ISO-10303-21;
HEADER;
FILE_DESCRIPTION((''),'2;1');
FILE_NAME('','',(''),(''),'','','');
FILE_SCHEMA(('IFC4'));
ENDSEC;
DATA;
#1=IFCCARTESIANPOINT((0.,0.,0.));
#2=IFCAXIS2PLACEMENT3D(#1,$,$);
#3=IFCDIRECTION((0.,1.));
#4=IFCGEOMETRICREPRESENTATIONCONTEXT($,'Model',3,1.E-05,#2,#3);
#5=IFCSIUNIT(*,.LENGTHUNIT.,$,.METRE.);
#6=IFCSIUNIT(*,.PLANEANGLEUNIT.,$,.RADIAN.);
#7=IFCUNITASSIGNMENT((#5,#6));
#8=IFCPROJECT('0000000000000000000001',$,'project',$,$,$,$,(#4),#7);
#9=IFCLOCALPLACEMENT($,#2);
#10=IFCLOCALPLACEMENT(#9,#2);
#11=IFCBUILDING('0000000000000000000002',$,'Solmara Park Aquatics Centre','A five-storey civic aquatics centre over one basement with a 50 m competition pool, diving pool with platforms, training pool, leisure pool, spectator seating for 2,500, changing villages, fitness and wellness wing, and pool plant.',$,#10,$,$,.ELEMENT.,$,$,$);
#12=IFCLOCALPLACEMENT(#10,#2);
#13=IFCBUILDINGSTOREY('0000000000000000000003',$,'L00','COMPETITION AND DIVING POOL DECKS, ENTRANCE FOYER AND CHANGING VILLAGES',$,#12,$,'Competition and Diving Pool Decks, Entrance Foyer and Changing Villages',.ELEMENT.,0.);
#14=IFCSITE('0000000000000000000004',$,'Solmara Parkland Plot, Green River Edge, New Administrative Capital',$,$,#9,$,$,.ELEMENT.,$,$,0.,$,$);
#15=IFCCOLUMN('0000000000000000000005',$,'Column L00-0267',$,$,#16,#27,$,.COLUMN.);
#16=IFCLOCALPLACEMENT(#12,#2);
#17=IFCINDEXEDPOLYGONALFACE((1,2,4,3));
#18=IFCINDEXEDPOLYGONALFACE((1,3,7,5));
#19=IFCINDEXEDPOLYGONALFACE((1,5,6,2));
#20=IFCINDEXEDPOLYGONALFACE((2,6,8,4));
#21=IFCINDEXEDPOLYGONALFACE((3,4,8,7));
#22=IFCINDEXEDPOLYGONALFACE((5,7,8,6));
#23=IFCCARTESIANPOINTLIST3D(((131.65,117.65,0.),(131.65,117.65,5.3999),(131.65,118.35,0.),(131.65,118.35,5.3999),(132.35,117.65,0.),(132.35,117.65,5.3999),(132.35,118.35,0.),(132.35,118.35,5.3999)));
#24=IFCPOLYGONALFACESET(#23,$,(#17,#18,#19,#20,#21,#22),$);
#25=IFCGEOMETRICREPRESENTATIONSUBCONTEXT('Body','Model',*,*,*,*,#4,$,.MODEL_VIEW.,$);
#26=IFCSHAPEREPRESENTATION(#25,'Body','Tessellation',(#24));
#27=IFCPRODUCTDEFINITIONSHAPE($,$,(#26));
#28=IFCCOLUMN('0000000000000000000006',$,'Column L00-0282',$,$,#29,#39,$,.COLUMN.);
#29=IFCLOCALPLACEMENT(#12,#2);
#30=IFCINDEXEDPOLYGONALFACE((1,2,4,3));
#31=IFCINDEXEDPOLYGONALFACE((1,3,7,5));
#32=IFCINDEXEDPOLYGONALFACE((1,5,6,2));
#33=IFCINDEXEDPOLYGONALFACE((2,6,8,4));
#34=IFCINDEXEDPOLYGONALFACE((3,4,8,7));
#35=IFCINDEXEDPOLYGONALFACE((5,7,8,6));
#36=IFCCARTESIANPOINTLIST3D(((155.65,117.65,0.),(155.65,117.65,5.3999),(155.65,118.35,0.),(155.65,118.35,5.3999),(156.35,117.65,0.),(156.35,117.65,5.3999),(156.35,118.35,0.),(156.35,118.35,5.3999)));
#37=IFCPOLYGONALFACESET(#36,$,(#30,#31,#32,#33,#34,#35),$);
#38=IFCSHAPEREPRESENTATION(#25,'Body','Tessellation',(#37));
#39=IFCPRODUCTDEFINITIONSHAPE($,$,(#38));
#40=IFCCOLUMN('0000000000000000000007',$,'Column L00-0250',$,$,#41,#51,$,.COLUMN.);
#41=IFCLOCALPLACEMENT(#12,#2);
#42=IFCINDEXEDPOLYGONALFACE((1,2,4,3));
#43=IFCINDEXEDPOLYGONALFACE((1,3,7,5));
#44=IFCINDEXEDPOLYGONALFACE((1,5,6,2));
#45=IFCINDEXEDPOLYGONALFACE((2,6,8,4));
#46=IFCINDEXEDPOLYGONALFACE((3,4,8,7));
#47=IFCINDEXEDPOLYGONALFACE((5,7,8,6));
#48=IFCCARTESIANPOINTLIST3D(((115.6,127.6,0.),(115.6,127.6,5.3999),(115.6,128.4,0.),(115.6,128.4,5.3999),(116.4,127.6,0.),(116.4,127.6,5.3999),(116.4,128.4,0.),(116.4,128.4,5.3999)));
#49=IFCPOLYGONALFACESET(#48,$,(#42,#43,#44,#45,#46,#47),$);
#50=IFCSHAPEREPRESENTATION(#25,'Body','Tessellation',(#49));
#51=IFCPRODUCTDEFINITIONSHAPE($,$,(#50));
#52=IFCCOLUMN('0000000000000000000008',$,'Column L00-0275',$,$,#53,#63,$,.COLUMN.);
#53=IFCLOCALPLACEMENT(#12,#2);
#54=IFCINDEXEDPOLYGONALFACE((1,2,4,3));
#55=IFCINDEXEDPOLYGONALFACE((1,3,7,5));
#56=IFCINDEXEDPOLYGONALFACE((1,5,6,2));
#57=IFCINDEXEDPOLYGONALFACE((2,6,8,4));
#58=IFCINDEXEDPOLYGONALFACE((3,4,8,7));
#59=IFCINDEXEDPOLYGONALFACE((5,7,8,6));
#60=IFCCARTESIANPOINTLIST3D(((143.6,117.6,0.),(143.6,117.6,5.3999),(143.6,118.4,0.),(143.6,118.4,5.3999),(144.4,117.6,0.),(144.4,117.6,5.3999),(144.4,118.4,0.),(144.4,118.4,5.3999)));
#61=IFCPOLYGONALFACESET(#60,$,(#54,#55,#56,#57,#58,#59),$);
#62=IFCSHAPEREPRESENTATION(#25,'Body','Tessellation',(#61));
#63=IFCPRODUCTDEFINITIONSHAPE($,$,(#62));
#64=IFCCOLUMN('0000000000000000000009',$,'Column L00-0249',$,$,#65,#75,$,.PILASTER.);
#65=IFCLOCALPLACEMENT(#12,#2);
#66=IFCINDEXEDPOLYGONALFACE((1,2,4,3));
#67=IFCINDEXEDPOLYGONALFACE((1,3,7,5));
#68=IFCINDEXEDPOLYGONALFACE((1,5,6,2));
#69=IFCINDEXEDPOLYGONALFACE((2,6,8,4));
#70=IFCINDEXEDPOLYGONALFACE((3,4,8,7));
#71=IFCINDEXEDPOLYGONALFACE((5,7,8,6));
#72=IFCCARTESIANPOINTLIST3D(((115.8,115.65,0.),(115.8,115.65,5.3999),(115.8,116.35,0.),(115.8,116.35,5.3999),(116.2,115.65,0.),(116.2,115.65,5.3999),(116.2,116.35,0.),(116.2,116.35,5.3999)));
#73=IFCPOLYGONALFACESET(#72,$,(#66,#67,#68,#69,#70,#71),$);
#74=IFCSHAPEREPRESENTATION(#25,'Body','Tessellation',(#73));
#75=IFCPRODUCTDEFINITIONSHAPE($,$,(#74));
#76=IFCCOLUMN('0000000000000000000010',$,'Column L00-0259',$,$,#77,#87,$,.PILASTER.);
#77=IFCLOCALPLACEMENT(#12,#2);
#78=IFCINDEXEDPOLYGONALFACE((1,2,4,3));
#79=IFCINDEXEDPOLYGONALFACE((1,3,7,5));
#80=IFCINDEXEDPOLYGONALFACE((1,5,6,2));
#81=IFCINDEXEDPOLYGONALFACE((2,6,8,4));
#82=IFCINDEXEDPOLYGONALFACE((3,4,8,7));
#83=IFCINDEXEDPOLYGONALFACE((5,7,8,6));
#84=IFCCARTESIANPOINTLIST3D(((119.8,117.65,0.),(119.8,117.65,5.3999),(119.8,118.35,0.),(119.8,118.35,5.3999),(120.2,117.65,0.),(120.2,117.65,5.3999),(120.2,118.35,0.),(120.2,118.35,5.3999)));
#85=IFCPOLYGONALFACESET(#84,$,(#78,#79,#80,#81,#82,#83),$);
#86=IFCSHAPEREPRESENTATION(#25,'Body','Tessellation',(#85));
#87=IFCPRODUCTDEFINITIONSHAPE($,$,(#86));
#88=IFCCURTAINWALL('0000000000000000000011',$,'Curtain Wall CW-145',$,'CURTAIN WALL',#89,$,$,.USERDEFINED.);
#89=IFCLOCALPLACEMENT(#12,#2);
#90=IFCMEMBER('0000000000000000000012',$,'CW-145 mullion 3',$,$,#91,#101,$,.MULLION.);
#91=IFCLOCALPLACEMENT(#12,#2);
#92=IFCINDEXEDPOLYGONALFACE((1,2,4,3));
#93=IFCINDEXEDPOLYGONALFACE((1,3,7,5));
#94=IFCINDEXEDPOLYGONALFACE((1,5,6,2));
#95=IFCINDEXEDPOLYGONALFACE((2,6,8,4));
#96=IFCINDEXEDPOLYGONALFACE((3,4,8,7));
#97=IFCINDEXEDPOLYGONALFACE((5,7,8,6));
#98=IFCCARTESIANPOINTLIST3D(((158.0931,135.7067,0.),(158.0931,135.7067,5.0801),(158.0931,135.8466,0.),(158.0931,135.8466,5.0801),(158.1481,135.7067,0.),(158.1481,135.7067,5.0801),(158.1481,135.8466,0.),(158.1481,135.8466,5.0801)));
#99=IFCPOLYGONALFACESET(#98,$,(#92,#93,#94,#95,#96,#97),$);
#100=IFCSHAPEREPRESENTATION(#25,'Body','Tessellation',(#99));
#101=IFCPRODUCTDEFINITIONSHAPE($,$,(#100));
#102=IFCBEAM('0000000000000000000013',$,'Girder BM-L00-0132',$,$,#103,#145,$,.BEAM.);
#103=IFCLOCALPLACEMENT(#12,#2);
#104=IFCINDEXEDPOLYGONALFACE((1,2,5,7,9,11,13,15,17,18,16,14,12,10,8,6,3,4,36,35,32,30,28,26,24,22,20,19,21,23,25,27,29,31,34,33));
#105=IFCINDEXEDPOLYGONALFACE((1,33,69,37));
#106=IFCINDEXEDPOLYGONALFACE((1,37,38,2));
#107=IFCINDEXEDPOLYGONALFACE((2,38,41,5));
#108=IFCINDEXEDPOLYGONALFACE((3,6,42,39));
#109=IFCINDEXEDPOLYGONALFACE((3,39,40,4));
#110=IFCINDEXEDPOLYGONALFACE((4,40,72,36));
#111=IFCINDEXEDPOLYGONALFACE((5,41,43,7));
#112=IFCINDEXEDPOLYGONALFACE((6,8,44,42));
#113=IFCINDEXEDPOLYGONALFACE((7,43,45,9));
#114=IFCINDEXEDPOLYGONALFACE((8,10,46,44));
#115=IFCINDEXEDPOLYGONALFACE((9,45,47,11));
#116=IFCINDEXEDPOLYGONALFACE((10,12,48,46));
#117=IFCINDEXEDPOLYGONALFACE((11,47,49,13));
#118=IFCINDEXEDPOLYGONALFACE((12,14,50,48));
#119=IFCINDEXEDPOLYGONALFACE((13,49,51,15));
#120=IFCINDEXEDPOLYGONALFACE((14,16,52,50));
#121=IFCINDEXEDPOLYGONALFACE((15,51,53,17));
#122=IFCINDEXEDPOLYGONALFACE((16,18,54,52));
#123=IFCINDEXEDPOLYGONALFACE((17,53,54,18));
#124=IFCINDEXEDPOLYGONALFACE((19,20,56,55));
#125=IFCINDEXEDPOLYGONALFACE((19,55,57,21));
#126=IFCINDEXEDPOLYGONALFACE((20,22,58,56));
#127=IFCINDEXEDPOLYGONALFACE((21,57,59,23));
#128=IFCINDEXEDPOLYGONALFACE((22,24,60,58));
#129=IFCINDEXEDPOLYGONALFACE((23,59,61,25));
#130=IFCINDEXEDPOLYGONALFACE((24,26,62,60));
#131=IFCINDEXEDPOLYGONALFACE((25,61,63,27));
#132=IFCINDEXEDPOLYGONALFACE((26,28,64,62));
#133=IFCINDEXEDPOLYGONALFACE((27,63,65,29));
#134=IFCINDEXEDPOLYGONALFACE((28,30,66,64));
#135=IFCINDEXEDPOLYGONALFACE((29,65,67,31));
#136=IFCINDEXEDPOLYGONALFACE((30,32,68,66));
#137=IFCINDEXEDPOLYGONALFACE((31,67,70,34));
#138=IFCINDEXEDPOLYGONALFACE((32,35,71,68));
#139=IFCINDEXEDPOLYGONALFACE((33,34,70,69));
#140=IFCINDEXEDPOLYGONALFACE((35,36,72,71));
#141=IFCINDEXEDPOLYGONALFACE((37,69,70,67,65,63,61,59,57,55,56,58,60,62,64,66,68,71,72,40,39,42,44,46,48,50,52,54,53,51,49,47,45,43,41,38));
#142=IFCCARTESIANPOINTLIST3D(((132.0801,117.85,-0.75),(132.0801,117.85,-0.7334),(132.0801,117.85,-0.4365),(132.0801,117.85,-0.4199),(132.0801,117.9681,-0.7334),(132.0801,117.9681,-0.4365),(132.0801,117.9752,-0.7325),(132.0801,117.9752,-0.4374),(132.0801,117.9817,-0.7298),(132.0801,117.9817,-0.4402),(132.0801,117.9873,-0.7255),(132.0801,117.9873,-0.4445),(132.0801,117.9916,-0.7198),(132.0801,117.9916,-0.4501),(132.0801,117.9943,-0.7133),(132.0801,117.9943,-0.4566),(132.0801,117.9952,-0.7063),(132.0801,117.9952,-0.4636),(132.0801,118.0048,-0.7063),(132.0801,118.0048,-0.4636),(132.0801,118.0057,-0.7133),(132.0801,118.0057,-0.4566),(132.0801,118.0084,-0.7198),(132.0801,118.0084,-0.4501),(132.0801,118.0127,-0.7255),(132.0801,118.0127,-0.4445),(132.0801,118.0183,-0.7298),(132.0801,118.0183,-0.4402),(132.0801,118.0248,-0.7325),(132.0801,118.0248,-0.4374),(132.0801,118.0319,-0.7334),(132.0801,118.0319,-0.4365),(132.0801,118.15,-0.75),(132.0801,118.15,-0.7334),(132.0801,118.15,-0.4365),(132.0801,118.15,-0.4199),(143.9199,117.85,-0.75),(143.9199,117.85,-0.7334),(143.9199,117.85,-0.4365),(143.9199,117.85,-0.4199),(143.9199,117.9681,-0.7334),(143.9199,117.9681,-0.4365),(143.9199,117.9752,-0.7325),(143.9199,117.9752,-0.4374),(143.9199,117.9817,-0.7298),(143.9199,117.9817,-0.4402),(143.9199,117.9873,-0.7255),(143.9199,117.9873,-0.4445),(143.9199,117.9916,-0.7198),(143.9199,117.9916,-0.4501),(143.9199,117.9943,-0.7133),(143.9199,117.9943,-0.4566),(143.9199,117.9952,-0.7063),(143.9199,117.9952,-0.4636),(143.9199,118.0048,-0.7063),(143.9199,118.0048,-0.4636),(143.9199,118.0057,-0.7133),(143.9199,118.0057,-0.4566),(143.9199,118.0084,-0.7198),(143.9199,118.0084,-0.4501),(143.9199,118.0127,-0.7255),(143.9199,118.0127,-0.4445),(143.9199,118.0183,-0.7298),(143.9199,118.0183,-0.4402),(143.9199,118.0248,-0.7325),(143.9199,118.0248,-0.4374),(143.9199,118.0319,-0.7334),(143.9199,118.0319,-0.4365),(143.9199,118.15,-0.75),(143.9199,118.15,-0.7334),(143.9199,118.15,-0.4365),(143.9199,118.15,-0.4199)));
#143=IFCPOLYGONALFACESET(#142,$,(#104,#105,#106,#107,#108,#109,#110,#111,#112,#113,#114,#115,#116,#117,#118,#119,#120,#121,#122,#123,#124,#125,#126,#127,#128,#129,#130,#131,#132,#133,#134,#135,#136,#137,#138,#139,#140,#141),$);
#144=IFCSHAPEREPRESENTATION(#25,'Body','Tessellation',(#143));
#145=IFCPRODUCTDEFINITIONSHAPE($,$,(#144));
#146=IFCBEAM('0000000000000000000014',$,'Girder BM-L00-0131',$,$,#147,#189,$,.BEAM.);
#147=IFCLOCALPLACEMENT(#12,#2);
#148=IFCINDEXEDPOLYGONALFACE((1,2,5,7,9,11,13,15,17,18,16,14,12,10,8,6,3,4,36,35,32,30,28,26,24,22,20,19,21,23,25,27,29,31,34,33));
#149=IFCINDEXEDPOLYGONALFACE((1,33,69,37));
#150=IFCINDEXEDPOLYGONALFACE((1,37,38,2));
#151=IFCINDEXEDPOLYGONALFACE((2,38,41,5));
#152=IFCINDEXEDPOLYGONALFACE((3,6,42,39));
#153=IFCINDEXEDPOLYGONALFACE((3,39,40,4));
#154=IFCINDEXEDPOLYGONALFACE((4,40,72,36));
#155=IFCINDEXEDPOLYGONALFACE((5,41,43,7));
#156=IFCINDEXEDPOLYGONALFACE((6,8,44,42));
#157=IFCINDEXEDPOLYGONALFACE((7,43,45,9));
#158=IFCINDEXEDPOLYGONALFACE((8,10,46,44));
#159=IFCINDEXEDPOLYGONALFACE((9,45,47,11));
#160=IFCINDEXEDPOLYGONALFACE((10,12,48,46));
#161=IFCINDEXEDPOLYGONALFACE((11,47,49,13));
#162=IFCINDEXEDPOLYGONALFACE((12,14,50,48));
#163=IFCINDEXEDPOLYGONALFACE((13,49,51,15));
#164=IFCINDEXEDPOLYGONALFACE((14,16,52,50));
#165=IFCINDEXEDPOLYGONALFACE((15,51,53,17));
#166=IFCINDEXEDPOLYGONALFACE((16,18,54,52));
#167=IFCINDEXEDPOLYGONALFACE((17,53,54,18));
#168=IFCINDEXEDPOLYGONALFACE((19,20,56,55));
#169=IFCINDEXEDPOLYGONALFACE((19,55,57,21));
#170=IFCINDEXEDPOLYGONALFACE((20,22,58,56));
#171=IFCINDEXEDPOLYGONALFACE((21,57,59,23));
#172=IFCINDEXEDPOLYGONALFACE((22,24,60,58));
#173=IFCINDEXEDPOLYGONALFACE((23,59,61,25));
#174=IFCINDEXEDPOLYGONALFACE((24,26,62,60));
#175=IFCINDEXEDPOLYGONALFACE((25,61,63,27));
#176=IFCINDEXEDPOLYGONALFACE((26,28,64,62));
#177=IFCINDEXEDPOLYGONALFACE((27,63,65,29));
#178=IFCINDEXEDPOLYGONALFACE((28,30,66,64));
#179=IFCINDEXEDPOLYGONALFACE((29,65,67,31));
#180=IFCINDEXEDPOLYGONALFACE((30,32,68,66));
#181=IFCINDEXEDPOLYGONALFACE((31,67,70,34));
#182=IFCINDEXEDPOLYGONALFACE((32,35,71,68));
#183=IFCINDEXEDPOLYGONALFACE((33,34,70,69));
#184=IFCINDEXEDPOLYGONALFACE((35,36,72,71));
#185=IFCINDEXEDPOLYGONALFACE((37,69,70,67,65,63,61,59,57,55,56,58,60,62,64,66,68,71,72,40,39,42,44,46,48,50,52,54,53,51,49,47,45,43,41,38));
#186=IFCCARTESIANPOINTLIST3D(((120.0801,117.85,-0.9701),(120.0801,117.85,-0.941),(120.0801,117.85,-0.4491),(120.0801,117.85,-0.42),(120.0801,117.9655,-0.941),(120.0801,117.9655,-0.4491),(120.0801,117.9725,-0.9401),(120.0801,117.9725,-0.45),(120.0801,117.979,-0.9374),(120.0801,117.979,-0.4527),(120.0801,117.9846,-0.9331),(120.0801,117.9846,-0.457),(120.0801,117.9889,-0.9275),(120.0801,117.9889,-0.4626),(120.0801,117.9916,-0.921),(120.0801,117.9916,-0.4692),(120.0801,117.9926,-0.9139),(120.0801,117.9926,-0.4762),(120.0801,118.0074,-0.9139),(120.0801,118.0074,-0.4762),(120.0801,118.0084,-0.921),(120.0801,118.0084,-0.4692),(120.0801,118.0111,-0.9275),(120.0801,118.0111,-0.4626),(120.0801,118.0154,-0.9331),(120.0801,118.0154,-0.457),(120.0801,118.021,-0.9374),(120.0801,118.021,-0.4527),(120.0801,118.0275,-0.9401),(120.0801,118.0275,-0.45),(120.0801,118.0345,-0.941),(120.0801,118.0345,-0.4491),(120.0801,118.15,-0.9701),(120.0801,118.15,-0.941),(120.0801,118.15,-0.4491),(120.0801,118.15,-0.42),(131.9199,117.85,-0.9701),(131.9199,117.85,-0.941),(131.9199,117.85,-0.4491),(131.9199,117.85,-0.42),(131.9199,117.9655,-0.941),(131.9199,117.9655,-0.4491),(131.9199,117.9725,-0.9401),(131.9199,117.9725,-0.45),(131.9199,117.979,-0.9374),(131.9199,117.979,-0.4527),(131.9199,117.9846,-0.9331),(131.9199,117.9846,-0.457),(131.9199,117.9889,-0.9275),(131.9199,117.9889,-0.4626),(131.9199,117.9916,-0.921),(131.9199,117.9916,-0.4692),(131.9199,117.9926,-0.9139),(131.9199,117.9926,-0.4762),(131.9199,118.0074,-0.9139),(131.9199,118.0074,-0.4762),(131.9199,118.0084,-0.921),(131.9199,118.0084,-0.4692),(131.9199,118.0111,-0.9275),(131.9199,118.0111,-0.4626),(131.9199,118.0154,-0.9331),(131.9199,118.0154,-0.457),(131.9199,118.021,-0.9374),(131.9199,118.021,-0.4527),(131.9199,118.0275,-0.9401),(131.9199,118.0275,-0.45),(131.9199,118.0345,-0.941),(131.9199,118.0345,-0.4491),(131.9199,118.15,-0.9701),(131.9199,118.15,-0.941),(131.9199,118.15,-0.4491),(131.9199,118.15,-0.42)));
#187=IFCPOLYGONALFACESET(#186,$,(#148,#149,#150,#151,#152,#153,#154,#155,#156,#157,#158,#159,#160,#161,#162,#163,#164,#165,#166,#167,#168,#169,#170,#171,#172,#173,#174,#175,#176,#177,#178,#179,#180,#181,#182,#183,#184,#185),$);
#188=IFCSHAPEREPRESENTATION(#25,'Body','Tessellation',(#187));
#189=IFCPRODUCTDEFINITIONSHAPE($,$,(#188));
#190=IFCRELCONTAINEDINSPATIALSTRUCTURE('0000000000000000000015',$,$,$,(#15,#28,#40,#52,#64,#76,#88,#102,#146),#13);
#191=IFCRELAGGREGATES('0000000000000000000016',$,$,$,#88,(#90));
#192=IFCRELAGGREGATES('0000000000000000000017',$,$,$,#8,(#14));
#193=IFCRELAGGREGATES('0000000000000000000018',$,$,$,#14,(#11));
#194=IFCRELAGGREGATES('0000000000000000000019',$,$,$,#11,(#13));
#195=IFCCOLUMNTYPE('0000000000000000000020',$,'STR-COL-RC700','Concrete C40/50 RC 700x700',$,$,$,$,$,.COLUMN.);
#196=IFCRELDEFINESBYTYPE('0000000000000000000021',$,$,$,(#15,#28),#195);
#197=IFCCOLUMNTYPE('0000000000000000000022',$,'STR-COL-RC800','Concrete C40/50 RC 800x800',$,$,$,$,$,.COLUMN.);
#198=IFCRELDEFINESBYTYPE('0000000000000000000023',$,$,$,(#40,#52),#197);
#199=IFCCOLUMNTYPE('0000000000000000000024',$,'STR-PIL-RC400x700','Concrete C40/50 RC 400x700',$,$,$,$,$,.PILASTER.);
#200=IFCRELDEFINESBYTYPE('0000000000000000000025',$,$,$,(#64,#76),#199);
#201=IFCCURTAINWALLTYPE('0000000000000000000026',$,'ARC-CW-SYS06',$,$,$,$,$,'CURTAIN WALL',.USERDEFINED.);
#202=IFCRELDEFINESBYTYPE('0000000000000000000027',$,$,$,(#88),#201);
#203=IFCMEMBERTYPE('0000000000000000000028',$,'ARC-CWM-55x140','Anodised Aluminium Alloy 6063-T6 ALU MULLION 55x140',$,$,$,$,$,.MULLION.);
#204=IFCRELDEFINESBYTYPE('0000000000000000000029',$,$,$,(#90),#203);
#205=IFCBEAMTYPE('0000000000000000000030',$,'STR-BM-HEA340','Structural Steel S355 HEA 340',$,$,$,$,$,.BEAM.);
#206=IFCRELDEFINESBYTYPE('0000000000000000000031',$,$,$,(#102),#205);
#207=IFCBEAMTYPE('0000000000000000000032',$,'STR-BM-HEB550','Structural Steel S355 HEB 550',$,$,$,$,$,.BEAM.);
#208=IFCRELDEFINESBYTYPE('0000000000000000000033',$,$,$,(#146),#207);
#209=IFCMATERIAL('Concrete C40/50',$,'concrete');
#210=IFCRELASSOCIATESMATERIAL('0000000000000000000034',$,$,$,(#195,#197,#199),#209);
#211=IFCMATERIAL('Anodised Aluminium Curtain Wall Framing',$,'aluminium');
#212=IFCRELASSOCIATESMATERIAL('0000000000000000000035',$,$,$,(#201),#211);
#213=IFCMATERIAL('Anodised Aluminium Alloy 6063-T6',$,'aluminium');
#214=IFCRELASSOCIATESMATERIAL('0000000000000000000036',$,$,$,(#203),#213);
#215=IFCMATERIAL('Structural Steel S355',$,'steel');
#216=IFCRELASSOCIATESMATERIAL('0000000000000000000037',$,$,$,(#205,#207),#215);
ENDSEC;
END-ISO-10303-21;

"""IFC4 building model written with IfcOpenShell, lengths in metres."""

from ifc_helpers import new_model, si_unit, direction, frame, origin, origin_2d, place, context, subcontext, project, spatial, rectangle, i_section, extrude, material, material_profile, profile_set, type_object, element, aggregate, save


model = new_model("IFC4")

# Units and contexts
model_context = context("Model", 3, precision=1e-05, world=origin(), true_north=direction((0.0, 1.0)))
body_context = subcontext(model_context, "Body", "Model", "MODEL_VIEW")
ifc_project = project(units=[si_unit("LENGTHUNIT", "METRE"), si_unit("PLANEANGLEUNIT", "RADIAN")], contexts=[model_context])

# Site, building, storey
site_placement = place(None, origin())
site = spatial("IfcSite", under=ifc_project, at=site_placement, Name="Solmara Parkland Plot, Green River Edge, New Administrative Capital", CompositionType="ELEMENT", RefElevation=0.0)
building_placement = place(site_placement, origin())
building = spatial("IfcBuilding", under=site, at=building_placement, Name="Solmara Park Aquatics Centre", Description="A five-storey civic aquatics centre over one basement with a 50 m competition pool, diving pool with platforms, training pool, leisure pool, spectator seating for 2,500, changing villages, fitness and wellness wing, and pool plant.", CompositionType="ELEMENT")
storey_placement = place(building_placement, origin())
storey = spatial("IfcBuildingStorey", under=building, at=storey_placement, Name="L00", Description="COMPETITION AND DIVING POOL DECKS, ENTRANCE FOYER AND CHANGING VILLAGES", LongName="Competition and Diving Pool Decks, Entrance Foyer and Changing Villages", CompositionType="ELEMENT", Elevation=0.0)

# Columns
ifc_material_1 = material(Name="Concrete C40/50", Category="concrete")
ifc_material_profile_1 = material_profile(ifc_material_1, rectangle(XDim=0.7, YDim=0.7, at=origin_2d()), Name="RC 700x700")
ifc_profile_set_1 = profile_set([ifc_material_profile_1], Name="Concrete C40/50")
column_type_1 = type_object("IfcColumnType", Name="STR-COL-RC700", Description="Concrete C40/50 RC 700x700", PredefinedType="COLUMN", material=ifc_profile_set_1)
for number, where, z_axis, x_axis, name in (
    (1, (132.0, 118.0, 0.0), (0.0, 0.0, 1.0), (1.0, 0.0, 0.0), "Column L00-0267"),
    (2, (156.0, 118.0, 0.0), (0.0, 0.0, 1.0), (1.0, 0.0, 0.0), "Column L00-0282"),
):
    element("IfcColumn", number, at=place(storey_placement, frame(where, z_axis=z_axis, x_axis=x_axis)), inside=storey, type_object=column_type_1, Name=name, PredefinedType="COLUMN", context=body_context, shape_type="SweptSolid", body=[
        extrude(rectangle(XDim=0.7, YDim=0.7, at=origin_2d()), origin(), (0.0, 0.0, 1.0), 5.3999),
    ])
ifc_material_profile_2 = material_profile(ifc_material_1, rectangle(XDim=0.8, YDim=0.8, at=origin_2d()), Name="RC 800x800")
ifc_profile_set_2 = profile_set([ifc_material_profile_2], Name="Concrete C40/50")
column_type_2 = type_object("IfcColumnType", Name="STR-COL-RC800", Description="Concrete C40/50 RC 800x800", PredefinedType="COLUMN", material=ifc_profile_set_2)
for number, where, z_axis, x_axis, name in (
    (3, (116.0, 128.0, 0.0), (0.0, 0.0, 1.0), (1.0, 0.0, 0.0), "Column L00-0250"),
    (4, (144.0, 118.0, 0.0), (0.0, 0.0, 1.0), (1.0, 0.0, 0.0), "Column L00-0275"),
):
    element("IfcColumn", number, at=place(storey_placement, frame(where, z_axis=z_axis, x_axis=x_axis)), inside=storey, type_object=column_type_2, Name=name, PredefinedType="COLUMN", context=body_context, shape_type="SweptSolid", body=[
        extrude(rectangle(XDim=0.8, YDim=0.8, at=origin_2d()), origin(), (0.0, 0.0, 1.0), 5.3999),
    ])
ifc_material_profile_3 = material_profile(ifc_material_1, rectangle(XDim=0.3999, YDim=0.7, at=origin_2d()), Name="RC 400x700")
ifc_profile_set_3 = profile_set([ifc_material_profile_3], Name="Concrete C40/50")
column_type_3 = type_object("IfcColumnType", Name="STR-PIL-RC400x700", Description="Concrete C40/50 RC 400x700", PredefinedType="PILASTER", material=ifc_profile_set_3)
for number, where, z_axis, x_axis, name in (
    (5, (116.0, 116.0, 0.0), (0.0, 0.0, 1.0), (1.0, 0.0, 0.0), "Column L00-0249"),
    (6, (120.0, 118.0, 0.0), (0.0, 0.0, 1.0), (1.0, 0.0, 0.0), "Column L00-0259"),
):
    element("IfcColumn", number, at=place(storey_placement, frame(where, z_axis=z_axis, x_axis=x_axis)), inside=storey, type_object=column_type_3, Name=name, PredefinedType="PILASTER", context=body_context, shape_type="SweptSolid", body=[
        extrude(rectangle(XDim=0.3999, YDim=0.7, at=origin_2d()), origin(), (0.0, 0.0, 1.0), 5.3999),
    ])

# Curtain wall, member
ifc_material_2 = material(Name="Anodised Aluminium Curtain Wall Framing", Category="aluminium")
curtain_wall_type = type_object("IfcCurtainWallType", Name="ARC-CW-SYS06", ElementType="CURTAIN WALL", PredefinedType="USERDEFINED", material=ifc_material_2)
curtain_wall_1_placement = place(storey_placement, origin())
curtain_wall_1 = element("IfcCurtainWall", 7, at=curtain_wall_1_placement, inside=storey, type_object=curtain_wall_type, Name="Curtain Wall CW-145", ObjectType="CURTAIN WALL", PredefinedType="USERDEFINED")
ifc_material_3 = material(Name="Anodised Aluminium Alloy 6063-T6", Category="aluminium")
ifc_material_profile_4 = material_profile(ifc_material_3, rectangle(XDim=0.0549, YDim=0.1399, at=origin_2d()), Name="ALU MULLION 55x140")
ifc_profile_set_4 = profile_set([ifc_material_profile_4], Name="Anodised Aluminium Alloy 6063-T6")
member_type = type_object("IfcMemberType", Name="ARC-CWM-55x140", Description="Anodised Aluminium Alloy 6063-T6 ALU MULLION 55x140", PredefinedType="MULLION", material=ifc_profile_set_4)
member_placement = place(storey_placement, frame((158.1206, 135.7766, 0.0), z_axis=(0.0, 0.0, 1.0), x_axis=(1.0, 0.0, 0.0)))
member = element("IfcMember", 8, at=member_placement, type_object=member_type, Name="CW-145 mullion 3", PredefinedType="MULLION", context=body_context, shape_type="SweptSolid", body=[
    extrude(rectangle(XDim=0.0549, YDim=0.1399, at=origin_2d()), origin(), (0.0, 0.0, 1.0), 5.0801),
])
aggregate(curtain_wall_1, [member])

# Beams
ifc_material_4 = material(Name="Structural Steel S355", Category="steel")
ifc_material_profile_5 = material_profile(ifc_material_4, i_section(OverallWidth=0.3, OverallDepth=0.3301, WebThickness=0.0095, FlangeThickness=0.0166, FilletRadius=0.0271, at=origin_2d()), Name="HEA 340")
ifc_profile_set_5 = profile_set([ifc_material_profile_5], Name="Structural Steel S355")
beam_type_1 = type_object("IfcBeamType", Name="STR-BM-HEA340", Description="Structural Steel S355 HEA 340", PredefinedType="BEAM", material=ifc_profile_set_5)
beam_1_placement = place(storey_placement, frame((132.0801, 118.0, -0.585), z_axis=(1.0, 0.0, 0.0), x_axis=(0.0, 1.0, 0.0)))
element("IfcBeam", 9, at=beam_1_placement, inside=storey, type_object=beam_type_1, Name="Girder BM-L00-0132", PredefinedType="BEAM", context=body_context, shape_type="SweptSolid", body=[
    extrude(i_section(OverallWidth=0.3, OverallDepth=0.3301, WebThickness=0.0095, FlangeThickness=0.0166, FilletRadius=0.0271, at=origin_2d()), origin(), (0.0, 0.0, 1.0), 11.8398),
])
ifc_material_profile_6 = material_profile(ifc_material_4, i_section(OverallWidth=0.3, OverallDepth=0.55, WebThickness=0.0149, FlangeThickness=0.0291, FilletRadius=0.0271, at=origin_2d()), Name="HEB 550")
ifc_profile_set_6 = profile_set([ifc_material_profile_6], Name="Structural Steel S355")
beam_type_2 = type_object("IfcBeamType", Name="STR-BM-HEB550", Description="Structural Steel S355 HEB 550", PredefinedType="BEAM", material=ifc_profile_set_6)
for number, where, z_axis, x_axis, name in (
    (10, (120.0801, 118.0, -0.6951), (1.0, 0.0, 0.0), (0.0, 1.0, 0.0), "Girder BM-L00-0131"),
):
    element("IfcBeam", number, at=place(storey_placement, frame(where, z_axis=z_axis, x_axis=x_axis)), inside=storey, type_object=beam_type_2, Name=name, PredefinedType="BEAM", context=body_context, shape_type="SweptSolid", body=[
        extrude(i_section(OverallWidth=0.3, OverallDepth=0.55, WebThickness=0.0149, FlangeThickness=0.0291, FilletRadius=0.0271, at=origin_2d()), origin(), (0.0, 0.0, 1.0), 11.8398),
    ])

save(model, "model.ifc")
